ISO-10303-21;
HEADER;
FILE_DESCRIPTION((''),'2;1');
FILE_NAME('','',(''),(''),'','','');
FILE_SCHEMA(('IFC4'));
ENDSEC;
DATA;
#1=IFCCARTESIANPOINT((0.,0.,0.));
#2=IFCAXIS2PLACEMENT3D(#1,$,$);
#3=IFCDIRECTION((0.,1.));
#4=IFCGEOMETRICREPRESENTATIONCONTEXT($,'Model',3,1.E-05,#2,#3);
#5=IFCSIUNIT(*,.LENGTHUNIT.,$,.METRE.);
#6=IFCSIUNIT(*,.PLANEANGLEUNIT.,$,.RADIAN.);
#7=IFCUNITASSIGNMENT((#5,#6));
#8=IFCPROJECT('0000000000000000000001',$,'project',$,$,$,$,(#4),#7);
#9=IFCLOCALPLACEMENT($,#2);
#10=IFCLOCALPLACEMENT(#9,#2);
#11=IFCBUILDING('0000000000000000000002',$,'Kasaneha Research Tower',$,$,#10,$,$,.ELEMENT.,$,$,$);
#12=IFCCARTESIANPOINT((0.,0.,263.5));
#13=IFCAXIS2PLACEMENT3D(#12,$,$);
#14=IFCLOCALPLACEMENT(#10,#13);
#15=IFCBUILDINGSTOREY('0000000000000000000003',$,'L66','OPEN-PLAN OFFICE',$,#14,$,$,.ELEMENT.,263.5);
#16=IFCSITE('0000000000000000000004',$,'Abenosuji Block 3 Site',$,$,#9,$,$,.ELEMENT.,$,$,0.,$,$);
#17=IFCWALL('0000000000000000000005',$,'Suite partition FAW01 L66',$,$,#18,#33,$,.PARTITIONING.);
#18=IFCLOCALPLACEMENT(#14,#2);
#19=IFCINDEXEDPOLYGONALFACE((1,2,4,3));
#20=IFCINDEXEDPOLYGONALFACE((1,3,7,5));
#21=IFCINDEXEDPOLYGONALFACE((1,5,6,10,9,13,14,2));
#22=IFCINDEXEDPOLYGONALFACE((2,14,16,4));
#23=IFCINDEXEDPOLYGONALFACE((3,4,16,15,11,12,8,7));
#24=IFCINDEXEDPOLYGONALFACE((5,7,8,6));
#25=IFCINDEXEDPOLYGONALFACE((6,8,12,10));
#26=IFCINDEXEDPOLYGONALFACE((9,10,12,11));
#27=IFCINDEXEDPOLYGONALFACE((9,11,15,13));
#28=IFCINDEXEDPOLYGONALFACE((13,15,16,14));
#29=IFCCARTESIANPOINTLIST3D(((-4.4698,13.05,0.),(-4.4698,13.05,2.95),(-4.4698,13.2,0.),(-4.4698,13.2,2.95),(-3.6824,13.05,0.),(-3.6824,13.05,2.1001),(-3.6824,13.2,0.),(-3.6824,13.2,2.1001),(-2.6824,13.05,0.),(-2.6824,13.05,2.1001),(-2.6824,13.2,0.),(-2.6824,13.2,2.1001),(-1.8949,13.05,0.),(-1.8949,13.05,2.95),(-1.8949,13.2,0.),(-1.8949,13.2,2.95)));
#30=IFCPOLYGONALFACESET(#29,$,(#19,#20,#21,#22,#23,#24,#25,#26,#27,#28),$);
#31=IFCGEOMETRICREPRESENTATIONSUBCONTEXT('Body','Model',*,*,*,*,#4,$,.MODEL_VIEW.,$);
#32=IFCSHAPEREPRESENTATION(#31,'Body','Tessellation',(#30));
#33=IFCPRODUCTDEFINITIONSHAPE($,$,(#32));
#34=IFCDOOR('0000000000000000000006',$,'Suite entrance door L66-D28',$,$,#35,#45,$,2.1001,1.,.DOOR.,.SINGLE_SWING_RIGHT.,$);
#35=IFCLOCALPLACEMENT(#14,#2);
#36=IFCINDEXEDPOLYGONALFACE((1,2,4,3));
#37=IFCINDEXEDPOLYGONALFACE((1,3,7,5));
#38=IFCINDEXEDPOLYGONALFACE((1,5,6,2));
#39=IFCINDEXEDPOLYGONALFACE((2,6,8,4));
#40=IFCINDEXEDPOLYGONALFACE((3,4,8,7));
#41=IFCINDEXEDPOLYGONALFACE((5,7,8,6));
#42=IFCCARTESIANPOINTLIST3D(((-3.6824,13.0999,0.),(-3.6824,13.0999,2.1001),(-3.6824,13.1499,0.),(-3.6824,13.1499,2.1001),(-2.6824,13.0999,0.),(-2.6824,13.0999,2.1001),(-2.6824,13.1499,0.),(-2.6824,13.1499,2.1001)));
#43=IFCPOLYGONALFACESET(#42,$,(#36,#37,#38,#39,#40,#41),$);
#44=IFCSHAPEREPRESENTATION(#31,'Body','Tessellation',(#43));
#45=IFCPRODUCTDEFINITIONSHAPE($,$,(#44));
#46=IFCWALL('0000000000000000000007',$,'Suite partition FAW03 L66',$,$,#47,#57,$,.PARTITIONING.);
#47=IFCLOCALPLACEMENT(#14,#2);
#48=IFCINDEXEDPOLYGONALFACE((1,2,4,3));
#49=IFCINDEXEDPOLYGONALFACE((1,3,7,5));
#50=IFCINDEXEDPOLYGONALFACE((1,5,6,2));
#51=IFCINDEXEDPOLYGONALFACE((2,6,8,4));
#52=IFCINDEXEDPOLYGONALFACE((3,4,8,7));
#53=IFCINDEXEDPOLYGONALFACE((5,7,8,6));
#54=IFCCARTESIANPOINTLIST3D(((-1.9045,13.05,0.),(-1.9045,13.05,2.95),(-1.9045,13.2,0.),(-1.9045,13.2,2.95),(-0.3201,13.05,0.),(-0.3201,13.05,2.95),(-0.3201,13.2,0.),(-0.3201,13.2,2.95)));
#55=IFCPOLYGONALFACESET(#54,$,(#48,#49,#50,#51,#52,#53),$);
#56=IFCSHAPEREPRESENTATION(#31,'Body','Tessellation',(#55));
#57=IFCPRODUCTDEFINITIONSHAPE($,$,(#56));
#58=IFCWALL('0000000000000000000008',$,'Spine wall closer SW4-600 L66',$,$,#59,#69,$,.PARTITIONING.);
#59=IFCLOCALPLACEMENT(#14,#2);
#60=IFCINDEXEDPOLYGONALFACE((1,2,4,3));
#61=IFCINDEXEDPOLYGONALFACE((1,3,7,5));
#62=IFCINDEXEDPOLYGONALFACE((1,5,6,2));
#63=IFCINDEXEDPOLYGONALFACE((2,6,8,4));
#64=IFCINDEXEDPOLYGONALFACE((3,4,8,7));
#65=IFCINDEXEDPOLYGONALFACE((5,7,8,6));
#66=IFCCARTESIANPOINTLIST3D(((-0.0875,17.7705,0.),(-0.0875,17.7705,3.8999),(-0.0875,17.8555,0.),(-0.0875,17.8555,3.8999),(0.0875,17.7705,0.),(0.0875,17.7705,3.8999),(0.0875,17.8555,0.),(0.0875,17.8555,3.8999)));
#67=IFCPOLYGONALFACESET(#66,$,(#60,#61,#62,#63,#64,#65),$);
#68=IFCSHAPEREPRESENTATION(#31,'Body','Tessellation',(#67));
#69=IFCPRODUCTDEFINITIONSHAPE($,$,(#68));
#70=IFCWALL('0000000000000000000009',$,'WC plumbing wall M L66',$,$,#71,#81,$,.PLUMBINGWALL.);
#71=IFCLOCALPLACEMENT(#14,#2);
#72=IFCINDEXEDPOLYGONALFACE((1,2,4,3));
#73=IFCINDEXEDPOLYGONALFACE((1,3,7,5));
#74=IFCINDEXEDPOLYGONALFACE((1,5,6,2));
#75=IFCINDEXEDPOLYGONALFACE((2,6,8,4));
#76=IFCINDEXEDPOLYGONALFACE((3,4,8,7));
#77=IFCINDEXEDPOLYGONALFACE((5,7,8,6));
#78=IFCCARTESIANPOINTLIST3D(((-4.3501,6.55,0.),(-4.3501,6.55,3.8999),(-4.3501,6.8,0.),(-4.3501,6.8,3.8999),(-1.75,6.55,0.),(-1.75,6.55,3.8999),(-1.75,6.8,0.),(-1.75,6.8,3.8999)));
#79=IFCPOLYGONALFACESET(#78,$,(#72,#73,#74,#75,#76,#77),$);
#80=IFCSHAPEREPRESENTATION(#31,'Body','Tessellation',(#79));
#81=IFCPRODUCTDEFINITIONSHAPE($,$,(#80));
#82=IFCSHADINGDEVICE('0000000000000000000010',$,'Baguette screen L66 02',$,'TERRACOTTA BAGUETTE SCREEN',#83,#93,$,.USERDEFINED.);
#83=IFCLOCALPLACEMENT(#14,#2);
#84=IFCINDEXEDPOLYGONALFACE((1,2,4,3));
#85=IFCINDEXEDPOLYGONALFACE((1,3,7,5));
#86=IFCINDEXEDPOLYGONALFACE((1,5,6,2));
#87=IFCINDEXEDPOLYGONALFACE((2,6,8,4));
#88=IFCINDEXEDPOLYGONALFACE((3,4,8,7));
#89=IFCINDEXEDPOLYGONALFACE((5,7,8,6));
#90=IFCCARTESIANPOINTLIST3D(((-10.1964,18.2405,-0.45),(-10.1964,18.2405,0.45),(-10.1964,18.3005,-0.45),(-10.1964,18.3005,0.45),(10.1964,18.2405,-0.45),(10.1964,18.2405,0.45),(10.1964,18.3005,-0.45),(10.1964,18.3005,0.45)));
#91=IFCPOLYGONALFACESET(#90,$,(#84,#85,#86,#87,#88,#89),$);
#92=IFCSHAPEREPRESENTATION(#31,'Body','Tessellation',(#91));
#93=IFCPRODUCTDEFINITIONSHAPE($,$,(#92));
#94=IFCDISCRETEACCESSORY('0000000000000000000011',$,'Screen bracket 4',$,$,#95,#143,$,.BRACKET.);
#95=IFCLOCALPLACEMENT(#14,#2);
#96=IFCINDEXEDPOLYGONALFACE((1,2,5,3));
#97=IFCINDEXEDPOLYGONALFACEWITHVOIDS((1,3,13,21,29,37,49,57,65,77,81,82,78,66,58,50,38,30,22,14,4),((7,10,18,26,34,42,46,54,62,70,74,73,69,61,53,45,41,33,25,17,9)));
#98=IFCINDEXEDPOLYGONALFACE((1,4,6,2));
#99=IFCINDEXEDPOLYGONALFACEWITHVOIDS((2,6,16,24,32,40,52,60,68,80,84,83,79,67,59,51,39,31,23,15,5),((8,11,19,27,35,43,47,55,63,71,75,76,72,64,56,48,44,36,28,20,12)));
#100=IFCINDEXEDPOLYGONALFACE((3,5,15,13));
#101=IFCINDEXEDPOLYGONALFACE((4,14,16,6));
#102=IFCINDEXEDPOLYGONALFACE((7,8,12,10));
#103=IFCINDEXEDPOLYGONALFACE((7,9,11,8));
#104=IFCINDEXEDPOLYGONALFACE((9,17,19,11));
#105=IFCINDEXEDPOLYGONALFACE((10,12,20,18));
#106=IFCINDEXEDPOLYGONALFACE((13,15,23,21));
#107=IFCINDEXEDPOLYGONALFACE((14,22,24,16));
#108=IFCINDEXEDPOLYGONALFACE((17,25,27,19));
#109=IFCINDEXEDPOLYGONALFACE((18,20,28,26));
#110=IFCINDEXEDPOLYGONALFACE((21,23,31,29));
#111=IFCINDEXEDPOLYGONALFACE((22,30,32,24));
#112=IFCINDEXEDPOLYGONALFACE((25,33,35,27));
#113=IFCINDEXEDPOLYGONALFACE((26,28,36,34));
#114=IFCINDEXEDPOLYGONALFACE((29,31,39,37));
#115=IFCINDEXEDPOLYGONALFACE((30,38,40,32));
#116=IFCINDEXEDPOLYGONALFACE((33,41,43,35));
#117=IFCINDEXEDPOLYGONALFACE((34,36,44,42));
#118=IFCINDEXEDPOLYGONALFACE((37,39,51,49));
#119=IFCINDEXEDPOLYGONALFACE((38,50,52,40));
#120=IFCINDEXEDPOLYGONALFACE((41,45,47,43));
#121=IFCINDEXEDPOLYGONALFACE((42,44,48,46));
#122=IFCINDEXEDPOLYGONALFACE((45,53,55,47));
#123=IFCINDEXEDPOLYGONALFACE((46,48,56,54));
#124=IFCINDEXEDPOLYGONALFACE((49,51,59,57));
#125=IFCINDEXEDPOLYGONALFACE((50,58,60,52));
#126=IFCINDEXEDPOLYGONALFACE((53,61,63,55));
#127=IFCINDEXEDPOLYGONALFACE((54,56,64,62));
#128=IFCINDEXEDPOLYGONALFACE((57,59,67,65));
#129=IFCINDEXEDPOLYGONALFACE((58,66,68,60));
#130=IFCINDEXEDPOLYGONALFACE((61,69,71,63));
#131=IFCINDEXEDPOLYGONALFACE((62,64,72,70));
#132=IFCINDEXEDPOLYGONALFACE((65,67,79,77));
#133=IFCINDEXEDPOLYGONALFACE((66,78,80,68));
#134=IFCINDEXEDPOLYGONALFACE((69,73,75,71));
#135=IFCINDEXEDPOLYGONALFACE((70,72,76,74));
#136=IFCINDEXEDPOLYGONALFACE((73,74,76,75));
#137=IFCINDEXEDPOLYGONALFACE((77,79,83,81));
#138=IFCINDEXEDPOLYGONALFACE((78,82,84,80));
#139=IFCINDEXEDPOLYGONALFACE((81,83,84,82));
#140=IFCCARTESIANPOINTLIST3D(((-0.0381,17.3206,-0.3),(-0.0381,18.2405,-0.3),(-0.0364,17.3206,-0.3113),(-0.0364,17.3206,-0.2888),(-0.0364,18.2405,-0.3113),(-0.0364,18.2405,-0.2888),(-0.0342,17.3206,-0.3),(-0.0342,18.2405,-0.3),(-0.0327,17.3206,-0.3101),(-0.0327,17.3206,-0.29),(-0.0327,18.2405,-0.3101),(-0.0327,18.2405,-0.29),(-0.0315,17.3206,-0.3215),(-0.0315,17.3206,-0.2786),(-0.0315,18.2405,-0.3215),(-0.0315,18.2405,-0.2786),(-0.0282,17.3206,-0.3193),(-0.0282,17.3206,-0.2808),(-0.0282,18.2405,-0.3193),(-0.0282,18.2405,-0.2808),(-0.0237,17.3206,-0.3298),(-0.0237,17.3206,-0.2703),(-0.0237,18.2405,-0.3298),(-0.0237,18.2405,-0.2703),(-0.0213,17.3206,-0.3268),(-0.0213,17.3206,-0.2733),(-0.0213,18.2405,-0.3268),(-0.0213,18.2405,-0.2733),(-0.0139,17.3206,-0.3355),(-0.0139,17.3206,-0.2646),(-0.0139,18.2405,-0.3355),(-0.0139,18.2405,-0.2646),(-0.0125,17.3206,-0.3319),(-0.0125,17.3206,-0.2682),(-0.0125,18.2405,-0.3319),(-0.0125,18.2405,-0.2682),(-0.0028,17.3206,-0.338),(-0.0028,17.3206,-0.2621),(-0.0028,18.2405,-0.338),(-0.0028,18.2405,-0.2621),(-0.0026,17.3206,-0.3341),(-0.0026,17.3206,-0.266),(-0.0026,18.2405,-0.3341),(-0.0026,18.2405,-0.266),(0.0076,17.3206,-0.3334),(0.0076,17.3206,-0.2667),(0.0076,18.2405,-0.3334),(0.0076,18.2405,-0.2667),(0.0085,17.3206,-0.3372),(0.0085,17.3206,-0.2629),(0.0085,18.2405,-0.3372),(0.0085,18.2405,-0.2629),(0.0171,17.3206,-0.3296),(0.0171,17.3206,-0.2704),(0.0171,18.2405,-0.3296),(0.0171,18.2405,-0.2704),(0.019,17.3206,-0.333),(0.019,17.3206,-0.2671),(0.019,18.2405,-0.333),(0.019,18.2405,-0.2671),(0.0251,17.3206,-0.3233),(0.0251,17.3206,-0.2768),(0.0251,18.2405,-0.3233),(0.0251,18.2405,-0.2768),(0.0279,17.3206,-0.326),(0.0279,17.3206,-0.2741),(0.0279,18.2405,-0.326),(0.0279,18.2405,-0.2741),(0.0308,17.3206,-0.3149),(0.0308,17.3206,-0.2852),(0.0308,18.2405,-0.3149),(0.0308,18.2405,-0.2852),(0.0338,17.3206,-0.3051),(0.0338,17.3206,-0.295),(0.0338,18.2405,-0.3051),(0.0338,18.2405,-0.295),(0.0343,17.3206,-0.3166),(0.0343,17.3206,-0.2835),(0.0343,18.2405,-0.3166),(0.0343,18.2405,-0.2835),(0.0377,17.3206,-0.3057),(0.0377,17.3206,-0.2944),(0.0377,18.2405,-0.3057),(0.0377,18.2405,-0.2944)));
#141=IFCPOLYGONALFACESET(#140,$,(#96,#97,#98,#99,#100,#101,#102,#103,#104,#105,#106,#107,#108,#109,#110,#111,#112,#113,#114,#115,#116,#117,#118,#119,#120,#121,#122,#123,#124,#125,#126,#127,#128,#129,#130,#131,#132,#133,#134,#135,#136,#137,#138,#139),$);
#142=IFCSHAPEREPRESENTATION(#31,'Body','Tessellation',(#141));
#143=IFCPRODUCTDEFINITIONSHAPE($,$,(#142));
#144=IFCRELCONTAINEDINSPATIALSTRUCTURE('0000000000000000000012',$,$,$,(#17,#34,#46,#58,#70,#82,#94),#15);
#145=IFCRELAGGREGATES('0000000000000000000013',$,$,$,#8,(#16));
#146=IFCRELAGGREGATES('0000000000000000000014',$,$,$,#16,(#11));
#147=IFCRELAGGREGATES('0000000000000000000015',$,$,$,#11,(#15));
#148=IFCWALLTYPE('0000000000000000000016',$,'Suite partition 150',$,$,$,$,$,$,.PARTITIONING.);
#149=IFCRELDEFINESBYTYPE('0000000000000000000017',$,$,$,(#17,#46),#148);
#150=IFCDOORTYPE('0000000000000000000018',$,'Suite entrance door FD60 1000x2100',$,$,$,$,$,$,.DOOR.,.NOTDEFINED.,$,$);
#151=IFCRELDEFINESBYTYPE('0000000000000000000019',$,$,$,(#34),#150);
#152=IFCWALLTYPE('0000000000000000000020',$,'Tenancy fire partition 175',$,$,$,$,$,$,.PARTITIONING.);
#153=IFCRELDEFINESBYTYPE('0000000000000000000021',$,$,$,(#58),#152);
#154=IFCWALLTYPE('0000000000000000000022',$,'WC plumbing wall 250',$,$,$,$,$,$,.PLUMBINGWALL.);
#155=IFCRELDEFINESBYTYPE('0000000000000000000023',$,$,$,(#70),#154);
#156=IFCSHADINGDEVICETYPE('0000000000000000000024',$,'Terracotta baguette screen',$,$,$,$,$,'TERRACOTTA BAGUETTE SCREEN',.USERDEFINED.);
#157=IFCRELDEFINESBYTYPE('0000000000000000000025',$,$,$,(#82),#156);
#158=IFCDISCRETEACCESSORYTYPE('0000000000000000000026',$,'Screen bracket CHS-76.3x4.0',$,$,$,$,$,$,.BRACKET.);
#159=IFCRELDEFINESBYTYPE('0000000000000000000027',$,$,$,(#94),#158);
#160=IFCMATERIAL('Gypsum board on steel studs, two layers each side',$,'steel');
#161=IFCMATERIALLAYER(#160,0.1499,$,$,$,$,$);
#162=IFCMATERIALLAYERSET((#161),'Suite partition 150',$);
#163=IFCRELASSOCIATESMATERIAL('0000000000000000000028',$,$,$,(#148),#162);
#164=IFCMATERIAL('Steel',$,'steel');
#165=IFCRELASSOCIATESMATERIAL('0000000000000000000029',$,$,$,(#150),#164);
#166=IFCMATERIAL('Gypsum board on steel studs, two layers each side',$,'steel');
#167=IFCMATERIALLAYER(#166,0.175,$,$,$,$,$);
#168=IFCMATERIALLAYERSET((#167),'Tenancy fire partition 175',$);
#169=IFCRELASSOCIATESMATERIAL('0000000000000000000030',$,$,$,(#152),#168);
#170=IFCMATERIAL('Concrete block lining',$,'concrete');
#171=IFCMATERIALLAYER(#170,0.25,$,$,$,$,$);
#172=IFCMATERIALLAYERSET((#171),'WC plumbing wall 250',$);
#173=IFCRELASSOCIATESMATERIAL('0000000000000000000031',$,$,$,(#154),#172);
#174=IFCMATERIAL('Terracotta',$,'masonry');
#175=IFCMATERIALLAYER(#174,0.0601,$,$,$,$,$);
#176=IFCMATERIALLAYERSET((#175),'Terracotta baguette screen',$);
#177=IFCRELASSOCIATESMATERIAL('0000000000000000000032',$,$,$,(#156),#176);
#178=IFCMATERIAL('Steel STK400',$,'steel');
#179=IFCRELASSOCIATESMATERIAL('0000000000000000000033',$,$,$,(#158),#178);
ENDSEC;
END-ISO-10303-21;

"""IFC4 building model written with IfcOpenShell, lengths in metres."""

from ifc_helpers import new_model, si_unit, direction, frame, frame_2d, origin, origin_2d, place, context, subcontext, project, spatial, rectangle, hollow_circle, extrude, material, layer, layer_set, material_profile, profile_set, type_object, element, fill, save


model = new_model("IFC4")

# Units and contexts
model_context = context("Model", 3, precision=1e-05, world=origin(), true_north=direction((0.0, 1.0)))
body_context = subcontext(model_context, "Body", "Model", "MODEL_VIEW")
ifc_project = project(units=[si_unit("LENGTHUNIT", "METRE"), si_unit("PLANEANGLEUNIT", "RADIAN")], contexts=[model_context])

# Site, building, storey
site_placement = place(None, origin())
site = spatial("IfcSite", under=ifc_project, at=site_placement, Name="Abenosuji Block 3 Site", CompositionType="ELEMENT", RefElevation=0.0)
building_placement = place(site_placement, origin())
building = spatial("IfcBuilding", under=site, at=building_placement, Name="Kasaneha Research Tower", CompositionType="ELEMENT")
storey_placement = place(building_placement, frame((0.0, 0.0, 263.5)))
storey = spatial("IfcBuildingStorey", under=building, at=storey_placement, Name="L66", Description="OPEN-PLAN OFFICE", CompositionType="ELEMENT", Elevation=263.5)

# Shared definitions
ifc_material_1 = material(Name="Gypsum board on steel studs, two layers each side", Category="steel")
ifc_layer_1 = layer(ifc_material_1, 0.1499)
ifc_layer_set_1 = layer_set([ifc_layer_1], Name="Suite partition 150")
wall_type_1 = type_object("IfcWallType", Name="Suite partition 150", PredefinedType="PARTITIONING", material=ifc_layer_set_1)

# Wall, opening, door
wall_1_placement = place(storey_placement, frame((-4.47, 13.125, 0.0), z_axis=(0.0, 0.0, 1.0), x_axis=(1.0, 0.0, 0.0)))
wall_1 = element("IfcWall", 1, at=wall_1_placement, inside=storey, type_object=wall_type_1, Name="Suite partition FAW01 L66", PredefinedType="PARTITIONING", context=body_context, shape_type="SweptSolid", body=[
    extrude(rectangle(XDim=2.575, YDim=0.1499, at=frame_2d((1.2876, 0.0))), origin(), (0.0, 0.0, 1.0), 2.95),
])
opening_1_placement = place(wall_1_placement, frame((0.7876, 0.0, 0.0)))
opening_1 = element("IfcOpeningElement", 2, at=opening_1_placement, cuts=wall_1, PredefinedType="OPENING", context=body_context, shape_type="SweptSolid", body=[
    extrude(rectangle(XDim=1.0, YDim=2.1001, at=frame_2d((0.5, 1.05))), frame((0.0, 0.085, 0.0), z_axis=(0.0, -1.0, 0.0), x_axis=(1.0, 0.0, 0.0)), (0.0, 0.0, 1.0), 0.1699),
])
ifc_material_2 = material(Name="Steel", Category="steel")
door_type_1 = type_object("IfcDoorType", Name="Suite entrance door FD60 1000x2100", OperationType="NOTDEFINED", PredefinedType="DOOR", material=ifc_material_2)
door_1_placement = place(opening_1_placement, origin())
door_1 = element("IfcDoor", 3, at=door_1_placement, inside=storey, type_object=door_type_1, Name="Suite entrance door L66-D28", OperationType="SINGLE_SWING_RIGHT", OverallHeight=2.1001, OverallWidth=1.0, PredefinedType="DOOR", context=body_context, shape_type="SweptSolid", body=[
    extrude(rectangle(XDim=1.0, YDim=2.1001, at=frame_2d((0.5, 1.05))), frame((0.0, 0.0249, 0.0), z_axis=(0.0, -1.0, 0.0), x_axis=(1.0, 0.0, 0.0)), (0.0, 0.0, 1.0), 0.05),
])
fill(opening_1, door_1)

# Walls
wall_2_placement = place(storey_placement, frame((-1.9045, 13.125, 0.0), z_axis=(0.0, 0.0, 1.0), x_axis=(1.0, 0.0, 0.0)))
element("IfcWall", 4, at=wall_2_placement, inside=storey, type_object=wall_type_1, Name="Suite partition FAW03 L66", PredefinedType="PARTITIONING", context=body_context, shape_type="SweptSolid", body=[
    extrude(rectangle(XDim=1.5845, YDim=0.1499, at=frame_2d((0.7922, 0.0))), origin(), (0.0, 0.0, 1.0), 2.95),
])
ifc_material_3 = material(Name="Gypsum board on steel studs, two layers each side", Category="steel")
ifc_layer_2 = layer(ifc_material_3, 0.175)
ifc_layer_set_2 = layer_set([ifc_layer_2], Name="Tenancy fire partition 175")
wall_type_2 = type_object("IfcWallType", Name="Tenancy fire partition 175", PredefinedType="PARTITIONING", material=ifc_layer_set_2)
wall_3_placement = place(storey_placement, frame((0.0, 17.7705, 0.0), z_axis=(0.0, 0.0, 1.0), x_axis=(0.0, 1.0, 0.0)))
element("IfcWall", 5, at=wall_3_placement, inside=storey, type_object=wall_type_2, Name="Spine wall closer SW4-600 L66", PredefinedType="PARTITIONING", context=body_context, shape_type="SweptSolid", body=[
    extrude(rectangle(XDim=0.085, YDim=0.175, at=frame_2d((0.0425, 0.0))), origin(), (0.0, 0.0, 1.0), 3.8999),
])
ifc_material_4 = material(Name="Concrete block lining", Category="concrete")
ifc_layer_3 = layer(ifc_material_4, 0.25)
ifc_layer_set_3 = layer_set([ifc_layer_3], Name="WC plumbing wall 250")
wall_type_3 = type_object("IfcWallType", Name="WC plumbing wall 250", PredefinedType="PLUMBINGWALL", material=ifc_layer_set_3)
wall_4_placement = place(storey_placement, frame((-4.3501, 6.675, 0.0), z_axis=(0.0, 0.0, 1.0), x_axis=(1.0, 0.0, 0.0)))
element("IfcWall", 6, at=wall_4_placement, inside=storey, type_object=wall_type_3, Name="WC plumbing wall M L66", PredefinedType="PLUMBINGWALL", context=body_context, shape_type="SweptSolid", body=[
    extrude(rectangle(XDim=2.6001, YDim=0.25, at=frame_2d((1.3, 0.0))), origin(), (0.0, 0.0, 1.0), 3.8999),
])

# Shading device
ifc_material_5 = material(Name="Terracotta", Category="masonry")
ifc_layer_4 = layer(ifc_material_5, 0.0601)
ifc_layer_set_4 = layer_set([ifc_layer_4], Name="Terracotta baguette screen")
shading_device_type = type_object("IfcShadingDeviceType", Name="Terracotta baguette screen", ElementType="TERRACOTTA BAGUETTE SCREEN", PredefinedType="USERDEFINED", material=ifc_layer_set_4)
shading_device_placement = place(storey_placement, frame((0.0, 18.2705, -0.45), z_axis=(0.0, 0.0, 1.0), x_axis=(-1.0, 0.0, 0.0)))
element("IfcShadingDevice", 7, at=shading_device_placement, inside=storey, type_object=shading_device_type, Name="Baguette screen L66 02", ObjectType="TERRACOTTA BAGUETTE SCREEN", PredefinedType="USERDEFINED", context=body_context, shape_type="SweptSolid", body=[
    extrude(rectangle(XDim=20.3928, YDim=0.0601, at=origin_2d()), origin(), (0.0, 0.0, 1.0), 0.8999),
])

# Discrete accessory
ifc_material_6 = material(Name="Steel STK400", Category="steel")
ifc_material_profile_1 = material_profile(ifc_material_6, hollow_circle(Radius=0.0381, WallThickness=0.0039, at=origin_2d()), Name="CHS-76.3x4.0")
ifc_profile_set_1 = profile_set([ifc_material_profile_1], Name="Steel STK400")
discrete_accessory_type = type_object("IfcDiscreteAccessoryType", Name="Screen bracket CHS-76.3x4.0", PredefinedType="BRACKET", material=ifc_profile_set_1)
for number, where, z_axis, x_axis, name in (
    (8, (0.0, 17.3206, -0.3), (0.0, 1.0, 0.0), (-1.0, 0.0, 0.0), "Screen bracket 4"),
):
    element("IfcDiscreteAccessory", number, at=place(storey_placement, frame(where, z_axis=z_axis, x_axis=x_axis)), inside=storey, type_object=discrete_accessory_type, Name=name, PredefinedType="BRACKET", context=body_context, shape_type="SweptSolid", body=[
        extrude(hollow_circle(Radius=0.0381, WallThickness=0.0039, at=origin_2d()), origin(), (0.0, 0.0, 1.0), 0.9199),
    ])

save(model, "model.ifc")
